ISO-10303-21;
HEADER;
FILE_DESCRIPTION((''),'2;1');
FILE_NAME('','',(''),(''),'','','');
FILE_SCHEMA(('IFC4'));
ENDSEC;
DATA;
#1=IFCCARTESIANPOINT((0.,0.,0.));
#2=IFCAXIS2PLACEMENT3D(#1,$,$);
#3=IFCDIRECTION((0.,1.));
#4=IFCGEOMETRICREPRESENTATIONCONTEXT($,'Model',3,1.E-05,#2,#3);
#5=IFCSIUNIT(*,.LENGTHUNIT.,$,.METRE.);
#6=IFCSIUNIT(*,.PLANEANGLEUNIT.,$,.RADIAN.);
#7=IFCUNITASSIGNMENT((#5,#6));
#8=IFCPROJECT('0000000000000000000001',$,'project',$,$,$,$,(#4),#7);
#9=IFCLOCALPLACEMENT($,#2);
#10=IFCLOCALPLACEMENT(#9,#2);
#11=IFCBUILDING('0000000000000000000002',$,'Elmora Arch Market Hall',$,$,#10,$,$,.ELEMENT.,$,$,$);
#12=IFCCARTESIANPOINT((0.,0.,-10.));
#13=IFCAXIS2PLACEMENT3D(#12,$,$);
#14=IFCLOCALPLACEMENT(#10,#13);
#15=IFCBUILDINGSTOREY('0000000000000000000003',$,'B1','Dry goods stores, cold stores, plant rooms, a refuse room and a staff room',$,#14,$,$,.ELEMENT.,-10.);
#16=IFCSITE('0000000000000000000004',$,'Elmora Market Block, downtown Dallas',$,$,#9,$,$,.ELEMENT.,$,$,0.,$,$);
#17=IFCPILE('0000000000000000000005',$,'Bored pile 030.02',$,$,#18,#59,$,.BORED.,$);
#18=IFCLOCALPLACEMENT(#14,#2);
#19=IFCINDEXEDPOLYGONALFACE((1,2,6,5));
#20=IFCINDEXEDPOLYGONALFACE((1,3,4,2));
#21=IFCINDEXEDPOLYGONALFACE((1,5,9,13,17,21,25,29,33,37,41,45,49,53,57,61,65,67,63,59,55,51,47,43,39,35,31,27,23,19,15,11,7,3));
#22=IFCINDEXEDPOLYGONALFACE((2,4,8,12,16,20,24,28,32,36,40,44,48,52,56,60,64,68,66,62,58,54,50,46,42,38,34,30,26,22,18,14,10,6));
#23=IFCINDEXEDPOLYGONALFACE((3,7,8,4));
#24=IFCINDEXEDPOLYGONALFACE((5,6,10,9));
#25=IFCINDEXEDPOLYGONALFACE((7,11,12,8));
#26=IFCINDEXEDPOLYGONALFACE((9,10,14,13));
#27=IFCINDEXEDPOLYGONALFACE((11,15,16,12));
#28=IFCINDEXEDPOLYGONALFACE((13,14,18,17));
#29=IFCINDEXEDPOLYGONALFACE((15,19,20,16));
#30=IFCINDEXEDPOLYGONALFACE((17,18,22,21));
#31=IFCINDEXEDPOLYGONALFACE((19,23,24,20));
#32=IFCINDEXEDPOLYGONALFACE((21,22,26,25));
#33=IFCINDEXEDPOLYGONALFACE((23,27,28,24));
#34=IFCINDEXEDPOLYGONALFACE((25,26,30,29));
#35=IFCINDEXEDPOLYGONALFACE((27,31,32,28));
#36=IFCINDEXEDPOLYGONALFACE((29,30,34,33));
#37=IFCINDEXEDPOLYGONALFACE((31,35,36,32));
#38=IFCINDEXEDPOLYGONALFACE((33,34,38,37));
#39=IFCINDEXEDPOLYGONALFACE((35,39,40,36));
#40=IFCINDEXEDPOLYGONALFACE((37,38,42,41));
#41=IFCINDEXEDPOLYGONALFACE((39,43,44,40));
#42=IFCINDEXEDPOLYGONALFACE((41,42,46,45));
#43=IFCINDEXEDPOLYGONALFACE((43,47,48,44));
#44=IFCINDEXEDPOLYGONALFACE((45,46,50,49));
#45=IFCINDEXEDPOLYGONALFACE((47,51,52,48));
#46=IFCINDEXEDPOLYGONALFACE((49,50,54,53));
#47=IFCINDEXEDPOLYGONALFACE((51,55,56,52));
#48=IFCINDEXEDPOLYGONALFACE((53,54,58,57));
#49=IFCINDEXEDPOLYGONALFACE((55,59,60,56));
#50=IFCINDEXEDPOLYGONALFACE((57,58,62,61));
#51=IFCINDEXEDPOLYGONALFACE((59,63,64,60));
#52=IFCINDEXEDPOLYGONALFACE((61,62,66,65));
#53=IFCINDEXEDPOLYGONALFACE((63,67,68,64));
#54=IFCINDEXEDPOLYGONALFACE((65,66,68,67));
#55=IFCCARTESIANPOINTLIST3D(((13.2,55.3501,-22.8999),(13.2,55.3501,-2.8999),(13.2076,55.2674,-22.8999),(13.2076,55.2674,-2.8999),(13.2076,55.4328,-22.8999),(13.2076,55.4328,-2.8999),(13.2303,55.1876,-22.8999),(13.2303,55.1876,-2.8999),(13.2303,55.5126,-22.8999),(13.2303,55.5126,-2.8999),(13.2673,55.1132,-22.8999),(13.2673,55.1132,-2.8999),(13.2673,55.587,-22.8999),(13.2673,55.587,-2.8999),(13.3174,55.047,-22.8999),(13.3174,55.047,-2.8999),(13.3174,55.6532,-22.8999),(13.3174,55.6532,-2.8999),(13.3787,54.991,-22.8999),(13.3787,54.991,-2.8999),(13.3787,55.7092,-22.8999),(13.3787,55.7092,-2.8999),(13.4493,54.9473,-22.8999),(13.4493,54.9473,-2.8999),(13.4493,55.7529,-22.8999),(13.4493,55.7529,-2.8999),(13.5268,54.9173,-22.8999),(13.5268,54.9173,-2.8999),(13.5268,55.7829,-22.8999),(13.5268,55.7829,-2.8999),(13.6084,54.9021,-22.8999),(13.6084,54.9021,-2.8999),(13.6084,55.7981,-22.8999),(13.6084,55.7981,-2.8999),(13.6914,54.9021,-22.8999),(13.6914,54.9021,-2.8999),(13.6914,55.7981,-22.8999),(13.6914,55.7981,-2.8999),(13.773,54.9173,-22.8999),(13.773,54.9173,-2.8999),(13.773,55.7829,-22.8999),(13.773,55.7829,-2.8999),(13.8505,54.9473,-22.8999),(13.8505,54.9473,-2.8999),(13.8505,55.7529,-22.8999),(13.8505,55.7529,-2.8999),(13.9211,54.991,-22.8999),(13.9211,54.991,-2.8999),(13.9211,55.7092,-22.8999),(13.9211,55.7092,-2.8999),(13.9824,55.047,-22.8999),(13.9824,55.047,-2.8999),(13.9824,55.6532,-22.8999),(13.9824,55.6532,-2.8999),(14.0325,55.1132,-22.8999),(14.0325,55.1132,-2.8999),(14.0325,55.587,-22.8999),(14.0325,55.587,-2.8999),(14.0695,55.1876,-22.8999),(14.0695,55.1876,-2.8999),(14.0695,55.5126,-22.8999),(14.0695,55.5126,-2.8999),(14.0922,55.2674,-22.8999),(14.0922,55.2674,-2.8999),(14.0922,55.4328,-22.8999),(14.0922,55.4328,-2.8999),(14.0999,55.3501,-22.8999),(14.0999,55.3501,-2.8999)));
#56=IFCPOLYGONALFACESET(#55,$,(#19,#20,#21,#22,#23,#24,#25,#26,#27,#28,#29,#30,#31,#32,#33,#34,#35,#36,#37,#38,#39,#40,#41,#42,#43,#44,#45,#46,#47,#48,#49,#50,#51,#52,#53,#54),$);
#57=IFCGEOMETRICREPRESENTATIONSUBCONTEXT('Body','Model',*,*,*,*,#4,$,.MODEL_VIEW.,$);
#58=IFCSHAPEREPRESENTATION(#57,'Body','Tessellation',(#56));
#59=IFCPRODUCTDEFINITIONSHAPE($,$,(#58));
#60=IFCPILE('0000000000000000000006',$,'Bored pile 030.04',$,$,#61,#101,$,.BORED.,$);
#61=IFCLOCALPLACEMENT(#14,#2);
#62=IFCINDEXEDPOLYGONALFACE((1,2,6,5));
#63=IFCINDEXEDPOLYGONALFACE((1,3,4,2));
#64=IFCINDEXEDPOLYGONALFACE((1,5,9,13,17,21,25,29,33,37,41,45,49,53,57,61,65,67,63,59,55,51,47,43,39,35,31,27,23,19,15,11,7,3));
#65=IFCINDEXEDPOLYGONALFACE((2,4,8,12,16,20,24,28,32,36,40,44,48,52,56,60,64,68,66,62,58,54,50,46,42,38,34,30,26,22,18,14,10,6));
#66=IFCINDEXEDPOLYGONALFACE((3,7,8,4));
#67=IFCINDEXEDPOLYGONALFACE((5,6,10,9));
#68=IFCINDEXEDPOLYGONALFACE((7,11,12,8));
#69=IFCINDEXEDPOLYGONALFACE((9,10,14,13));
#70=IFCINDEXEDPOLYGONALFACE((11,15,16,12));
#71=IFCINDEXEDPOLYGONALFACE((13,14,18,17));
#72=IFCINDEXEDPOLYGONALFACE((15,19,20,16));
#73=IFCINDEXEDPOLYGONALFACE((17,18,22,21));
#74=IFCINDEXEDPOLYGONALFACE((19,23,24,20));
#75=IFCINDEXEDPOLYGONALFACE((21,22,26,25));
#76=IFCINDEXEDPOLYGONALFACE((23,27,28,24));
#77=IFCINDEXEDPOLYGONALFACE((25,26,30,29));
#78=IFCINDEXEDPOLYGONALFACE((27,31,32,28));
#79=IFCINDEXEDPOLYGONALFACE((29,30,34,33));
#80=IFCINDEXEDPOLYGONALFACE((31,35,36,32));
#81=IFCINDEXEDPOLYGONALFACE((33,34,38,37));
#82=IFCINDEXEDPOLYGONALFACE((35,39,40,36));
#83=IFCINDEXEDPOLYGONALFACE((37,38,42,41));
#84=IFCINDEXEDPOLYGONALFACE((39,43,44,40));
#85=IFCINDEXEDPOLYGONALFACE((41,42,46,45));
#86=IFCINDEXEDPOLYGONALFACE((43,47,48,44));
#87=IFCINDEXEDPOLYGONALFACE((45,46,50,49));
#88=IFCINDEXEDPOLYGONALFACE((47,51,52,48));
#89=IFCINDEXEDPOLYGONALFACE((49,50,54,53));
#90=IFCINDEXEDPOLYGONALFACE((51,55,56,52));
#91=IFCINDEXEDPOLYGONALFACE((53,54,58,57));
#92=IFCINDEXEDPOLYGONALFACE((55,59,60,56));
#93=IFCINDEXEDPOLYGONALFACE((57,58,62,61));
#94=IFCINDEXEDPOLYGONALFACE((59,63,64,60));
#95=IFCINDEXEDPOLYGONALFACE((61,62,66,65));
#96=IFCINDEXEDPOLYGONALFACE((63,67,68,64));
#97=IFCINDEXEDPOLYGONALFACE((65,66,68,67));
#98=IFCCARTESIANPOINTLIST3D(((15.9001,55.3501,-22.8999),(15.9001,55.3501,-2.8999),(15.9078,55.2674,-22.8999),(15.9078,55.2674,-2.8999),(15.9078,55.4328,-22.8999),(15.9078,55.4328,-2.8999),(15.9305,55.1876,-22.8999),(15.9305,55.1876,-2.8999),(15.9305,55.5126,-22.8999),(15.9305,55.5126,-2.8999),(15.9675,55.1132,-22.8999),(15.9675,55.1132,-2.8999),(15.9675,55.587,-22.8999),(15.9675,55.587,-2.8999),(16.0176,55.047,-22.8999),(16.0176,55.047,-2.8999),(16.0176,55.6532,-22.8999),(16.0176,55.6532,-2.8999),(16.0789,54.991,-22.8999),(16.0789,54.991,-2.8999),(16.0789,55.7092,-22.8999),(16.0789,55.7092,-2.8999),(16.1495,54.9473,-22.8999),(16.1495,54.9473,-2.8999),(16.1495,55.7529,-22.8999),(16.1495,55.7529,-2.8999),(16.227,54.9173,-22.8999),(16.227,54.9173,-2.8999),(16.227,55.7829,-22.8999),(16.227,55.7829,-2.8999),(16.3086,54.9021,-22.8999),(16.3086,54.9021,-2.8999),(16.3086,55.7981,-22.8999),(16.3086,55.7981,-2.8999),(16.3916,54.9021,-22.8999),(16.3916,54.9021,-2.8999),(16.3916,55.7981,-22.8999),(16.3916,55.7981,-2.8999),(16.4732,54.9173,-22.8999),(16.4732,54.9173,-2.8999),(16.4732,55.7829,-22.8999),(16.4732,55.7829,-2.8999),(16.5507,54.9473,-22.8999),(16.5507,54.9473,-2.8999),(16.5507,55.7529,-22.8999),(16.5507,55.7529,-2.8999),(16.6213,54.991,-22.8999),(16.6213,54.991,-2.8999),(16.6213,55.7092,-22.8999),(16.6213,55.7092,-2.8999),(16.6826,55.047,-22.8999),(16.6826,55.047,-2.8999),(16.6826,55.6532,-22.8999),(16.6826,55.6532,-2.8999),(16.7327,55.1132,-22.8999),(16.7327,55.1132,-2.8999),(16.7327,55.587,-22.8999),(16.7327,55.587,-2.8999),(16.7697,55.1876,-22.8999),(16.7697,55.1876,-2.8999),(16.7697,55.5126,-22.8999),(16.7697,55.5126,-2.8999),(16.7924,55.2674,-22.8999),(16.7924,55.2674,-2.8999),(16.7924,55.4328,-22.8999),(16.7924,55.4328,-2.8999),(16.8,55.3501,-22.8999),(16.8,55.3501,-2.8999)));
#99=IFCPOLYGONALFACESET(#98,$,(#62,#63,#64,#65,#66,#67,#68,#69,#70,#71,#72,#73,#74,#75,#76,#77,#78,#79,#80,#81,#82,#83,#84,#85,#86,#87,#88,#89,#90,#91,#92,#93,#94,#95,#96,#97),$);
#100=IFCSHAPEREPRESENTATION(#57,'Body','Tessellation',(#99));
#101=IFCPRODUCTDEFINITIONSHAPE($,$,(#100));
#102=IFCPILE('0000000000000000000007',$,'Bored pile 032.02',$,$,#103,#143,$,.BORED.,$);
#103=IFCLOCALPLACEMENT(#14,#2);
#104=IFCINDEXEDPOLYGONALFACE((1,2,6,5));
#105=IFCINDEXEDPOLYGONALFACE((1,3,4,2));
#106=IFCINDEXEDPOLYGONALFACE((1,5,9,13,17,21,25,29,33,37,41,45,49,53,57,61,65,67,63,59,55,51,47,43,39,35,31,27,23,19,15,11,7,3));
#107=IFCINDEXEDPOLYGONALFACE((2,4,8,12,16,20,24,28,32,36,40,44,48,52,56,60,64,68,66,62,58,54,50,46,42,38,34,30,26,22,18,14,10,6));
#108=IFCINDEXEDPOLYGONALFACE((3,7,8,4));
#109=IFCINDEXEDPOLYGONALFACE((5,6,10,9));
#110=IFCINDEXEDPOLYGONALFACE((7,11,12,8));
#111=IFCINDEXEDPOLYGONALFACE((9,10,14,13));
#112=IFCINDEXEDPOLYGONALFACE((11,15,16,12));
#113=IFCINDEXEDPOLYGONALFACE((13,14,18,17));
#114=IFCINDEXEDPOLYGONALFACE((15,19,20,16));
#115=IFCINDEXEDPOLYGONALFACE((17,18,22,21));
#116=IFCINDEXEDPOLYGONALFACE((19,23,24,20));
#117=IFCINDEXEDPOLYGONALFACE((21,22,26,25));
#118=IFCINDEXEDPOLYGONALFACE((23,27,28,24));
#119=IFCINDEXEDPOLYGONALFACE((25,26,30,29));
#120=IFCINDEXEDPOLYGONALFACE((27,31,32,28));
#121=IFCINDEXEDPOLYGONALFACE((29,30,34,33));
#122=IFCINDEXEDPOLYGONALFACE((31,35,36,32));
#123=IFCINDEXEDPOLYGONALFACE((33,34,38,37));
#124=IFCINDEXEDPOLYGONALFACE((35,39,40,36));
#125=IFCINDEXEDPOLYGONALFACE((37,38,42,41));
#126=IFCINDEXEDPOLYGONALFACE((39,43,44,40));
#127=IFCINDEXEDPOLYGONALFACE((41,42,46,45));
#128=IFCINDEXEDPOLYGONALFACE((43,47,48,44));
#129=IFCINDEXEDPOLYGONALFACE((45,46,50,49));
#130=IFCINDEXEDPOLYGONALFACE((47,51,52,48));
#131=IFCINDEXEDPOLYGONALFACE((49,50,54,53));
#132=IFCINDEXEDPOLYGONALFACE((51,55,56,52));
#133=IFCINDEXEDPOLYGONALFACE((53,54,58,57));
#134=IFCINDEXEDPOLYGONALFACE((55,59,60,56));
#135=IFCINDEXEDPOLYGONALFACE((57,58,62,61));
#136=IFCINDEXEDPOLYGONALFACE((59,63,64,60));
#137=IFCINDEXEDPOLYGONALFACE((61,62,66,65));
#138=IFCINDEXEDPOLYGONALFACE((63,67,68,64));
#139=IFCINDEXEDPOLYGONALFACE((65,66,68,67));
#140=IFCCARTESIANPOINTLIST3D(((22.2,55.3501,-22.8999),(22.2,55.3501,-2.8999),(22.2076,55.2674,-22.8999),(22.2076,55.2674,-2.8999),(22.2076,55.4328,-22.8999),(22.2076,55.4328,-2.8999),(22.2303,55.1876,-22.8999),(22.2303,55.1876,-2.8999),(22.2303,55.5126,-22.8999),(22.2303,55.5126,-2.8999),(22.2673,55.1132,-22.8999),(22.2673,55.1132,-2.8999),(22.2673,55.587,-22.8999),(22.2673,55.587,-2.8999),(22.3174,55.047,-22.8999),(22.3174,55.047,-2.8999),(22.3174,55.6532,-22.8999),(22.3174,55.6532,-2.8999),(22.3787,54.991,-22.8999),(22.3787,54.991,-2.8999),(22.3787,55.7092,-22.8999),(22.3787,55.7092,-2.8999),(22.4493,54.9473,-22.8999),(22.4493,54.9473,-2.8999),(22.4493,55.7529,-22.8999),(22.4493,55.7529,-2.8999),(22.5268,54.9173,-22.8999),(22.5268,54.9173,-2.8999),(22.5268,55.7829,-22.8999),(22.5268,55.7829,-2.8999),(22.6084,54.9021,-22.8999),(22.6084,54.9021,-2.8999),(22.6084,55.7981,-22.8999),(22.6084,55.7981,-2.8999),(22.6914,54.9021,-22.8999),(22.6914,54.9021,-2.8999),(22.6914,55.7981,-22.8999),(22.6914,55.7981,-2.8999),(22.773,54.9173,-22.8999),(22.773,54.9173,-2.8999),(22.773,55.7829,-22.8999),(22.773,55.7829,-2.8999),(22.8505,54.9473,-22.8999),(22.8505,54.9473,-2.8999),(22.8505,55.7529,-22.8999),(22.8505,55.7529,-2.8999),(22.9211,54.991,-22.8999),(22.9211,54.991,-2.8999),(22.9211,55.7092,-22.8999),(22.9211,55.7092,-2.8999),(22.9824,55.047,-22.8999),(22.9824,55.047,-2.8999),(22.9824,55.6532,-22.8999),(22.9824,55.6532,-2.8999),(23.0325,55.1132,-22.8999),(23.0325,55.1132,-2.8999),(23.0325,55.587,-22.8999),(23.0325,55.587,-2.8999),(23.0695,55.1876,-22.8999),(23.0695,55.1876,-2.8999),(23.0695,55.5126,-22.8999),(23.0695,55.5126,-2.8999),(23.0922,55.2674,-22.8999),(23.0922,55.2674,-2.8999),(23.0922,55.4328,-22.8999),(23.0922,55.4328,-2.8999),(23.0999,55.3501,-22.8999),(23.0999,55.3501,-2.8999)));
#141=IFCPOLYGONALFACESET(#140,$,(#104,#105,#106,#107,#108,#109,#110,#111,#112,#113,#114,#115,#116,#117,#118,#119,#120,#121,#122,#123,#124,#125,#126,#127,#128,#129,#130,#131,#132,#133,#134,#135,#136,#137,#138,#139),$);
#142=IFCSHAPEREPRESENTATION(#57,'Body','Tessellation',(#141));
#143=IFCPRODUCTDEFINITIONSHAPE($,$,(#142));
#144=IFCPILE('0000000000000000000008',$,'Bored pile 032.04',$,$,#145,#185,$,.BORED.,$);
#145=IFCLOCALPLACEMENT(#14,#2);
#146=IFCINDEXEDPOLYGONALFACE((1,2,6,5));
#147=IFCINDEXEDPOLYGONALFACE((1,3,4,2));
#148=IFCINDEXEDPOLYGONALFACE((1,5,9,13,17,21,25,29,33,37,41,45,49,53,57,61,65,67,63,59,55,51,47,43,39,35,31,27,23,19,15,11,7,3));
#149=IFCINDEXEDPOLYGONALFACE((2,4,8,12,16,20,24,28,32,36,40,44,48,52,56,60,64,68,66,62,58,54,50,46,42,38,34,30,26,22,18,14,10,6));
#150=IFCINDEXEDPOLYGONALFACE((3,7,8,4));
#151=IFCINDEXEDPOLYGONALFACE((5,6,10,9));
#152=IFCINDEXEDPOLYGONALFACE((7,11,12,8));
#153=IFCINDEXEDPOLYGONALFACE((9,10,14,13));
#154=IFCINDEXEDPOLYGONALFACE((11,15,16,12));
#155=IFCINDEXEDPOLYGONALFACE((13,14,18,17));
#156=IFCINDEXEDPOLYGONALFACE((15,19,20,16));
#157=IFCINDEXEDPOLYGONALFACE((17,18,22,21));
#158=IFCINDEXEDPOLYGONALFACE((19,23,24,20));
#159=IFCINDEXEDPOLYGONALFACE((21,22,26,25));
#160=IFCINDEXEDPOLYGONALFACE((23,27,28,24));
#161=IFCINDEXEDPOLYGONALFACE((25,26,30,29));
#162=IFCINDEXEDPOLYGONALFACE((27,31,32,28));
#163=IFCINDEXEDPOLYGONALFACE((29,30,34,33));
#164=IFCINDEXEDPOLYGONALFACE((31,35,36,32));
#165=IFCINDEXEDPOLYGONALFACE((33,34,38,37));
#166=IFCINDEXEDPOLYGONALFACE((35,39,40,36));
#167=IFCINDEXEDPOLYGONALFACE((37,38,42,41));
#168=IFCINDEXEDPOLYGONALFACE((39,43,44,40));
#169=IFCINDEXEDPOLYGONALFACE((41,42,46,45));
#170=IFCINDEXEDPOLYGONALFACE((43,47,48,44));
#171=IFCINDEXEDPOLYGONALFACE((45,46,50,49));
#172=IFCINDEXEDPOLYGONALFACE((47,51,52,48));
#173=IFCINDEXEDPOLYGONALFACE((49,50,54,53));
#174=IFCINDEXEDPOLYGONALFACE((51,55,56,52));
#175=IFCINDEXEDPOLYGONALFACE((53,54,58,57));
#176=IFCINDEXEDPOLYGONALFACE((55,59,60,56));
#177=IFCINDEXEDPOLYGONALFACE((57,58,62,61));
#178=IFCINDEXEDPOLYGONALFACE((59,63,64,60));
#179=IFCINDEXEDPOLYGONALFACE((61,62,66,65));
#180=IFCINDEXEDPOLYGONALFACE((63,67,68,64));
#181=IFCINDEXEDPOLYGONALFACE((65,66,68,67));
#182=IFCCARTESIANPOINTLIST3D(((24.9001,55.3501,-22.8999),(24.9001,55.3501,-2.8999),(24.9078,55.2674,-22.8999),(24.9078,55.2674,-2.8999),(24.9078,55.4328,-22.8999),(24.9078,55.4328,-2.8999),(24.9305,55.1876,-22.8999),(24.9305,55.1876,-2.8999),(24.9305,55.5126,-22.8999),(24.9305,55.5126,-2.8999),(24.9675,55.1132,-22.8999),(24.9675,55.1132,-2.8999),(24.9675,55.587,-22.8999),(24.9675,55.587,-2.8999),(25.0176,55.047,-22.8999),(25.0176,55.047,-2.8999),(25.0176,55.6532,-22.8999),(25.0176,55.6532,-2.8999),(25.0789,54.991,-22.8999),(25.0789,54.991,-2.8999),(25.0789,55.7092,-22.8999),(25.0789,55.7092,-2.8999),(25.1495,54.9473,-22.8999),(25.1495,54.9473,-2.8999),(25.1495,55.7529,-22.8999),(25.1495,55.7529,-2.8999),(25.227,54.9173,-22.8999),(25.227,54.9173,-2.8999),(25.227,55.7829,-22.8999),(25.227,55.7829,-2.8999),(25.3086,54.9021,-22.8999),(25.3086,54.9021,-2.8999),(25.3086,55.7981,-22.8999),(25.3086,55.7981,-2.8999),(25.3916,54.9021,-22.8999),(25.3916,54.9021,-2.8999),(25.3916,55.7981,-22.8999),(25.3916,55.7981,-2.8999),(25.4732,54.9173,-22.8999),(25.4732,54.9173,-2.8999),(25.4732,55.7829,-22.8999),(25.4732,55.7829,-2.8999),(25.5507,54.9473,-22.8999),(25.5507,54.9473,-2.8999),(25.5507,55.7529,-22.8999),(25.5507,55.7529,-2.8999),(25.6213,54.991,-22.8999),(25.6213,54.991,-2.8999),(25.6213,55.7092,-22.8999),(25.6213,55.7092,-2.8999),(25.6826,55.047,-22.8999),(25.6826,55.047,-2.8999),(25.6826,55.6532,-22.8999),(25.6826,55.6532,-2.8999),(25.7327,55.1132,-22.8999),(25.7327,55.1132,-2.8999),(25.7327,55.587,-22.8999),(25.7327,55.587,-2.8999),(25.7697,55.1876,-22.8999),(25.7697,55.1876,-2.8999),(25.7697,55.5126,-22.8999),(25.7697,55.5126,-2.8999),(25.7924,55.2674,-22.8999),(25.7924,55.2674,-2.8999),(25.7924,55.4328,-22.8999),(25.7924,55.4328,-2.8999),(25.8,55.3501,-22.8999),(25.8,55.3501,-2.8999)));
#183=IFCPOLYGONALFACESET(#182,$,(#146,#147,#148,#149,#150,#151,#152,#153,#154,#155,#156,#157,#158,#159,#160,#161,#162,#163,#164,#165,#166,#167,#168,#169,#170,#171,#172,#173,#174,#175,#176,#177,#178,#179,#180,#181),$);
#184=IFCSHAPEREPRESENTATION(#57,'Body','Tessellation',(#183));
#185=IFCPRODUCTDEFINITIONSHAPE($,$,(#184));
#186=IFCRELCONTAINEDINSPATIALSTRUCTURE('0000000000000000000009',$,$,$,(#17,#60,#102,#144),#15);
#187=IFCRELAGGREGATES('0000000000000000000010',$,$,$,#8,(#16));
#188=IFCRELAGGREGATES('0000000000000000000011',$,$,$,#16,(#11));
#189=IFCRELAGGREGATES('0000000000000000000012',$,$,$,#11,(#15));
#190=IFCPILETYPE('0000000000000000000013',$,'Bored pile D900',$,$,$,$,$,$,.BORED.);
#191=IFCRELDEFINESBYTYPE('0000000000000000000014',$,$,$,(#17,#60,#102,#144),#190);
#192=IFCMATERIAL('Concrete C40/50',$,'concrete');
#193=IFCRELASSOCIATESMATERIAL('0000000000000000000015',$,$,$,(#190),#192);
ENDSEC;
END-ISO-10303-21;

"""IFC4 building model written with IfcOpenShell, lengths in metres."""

from ifc_helpers import new_model, si_unit, direction, frame, origin, origin_2d, place, context, subcontext, project, spatial, circle, extrude, material, material_profile, profile_set, type_object, element, save


model = new_model("IFC4")

# Units and contexts
model_context = context("Model", 3, precision=1e-05, world=origin(), true_north=direction((0.0, 1.0)))
body_context = subcontext(model_context, "Body", "Model", "MODEL_VIEW")
ifc_project = project(units=[si_unit("LENGTHUNIT", "METRE"), si_unit("PLANEANGLEUNIT", "RADIAN")], contexts=[model_context])

# Site, building, storey
site_placement = place(None, origin())
site = spatial("IfcSite", under=ifc_project, at=site_placement, Name="Elmora Market Block, downtown Dallas", CompositionType="ELEMENT", RefElevation=0.0)
building_placement = place(site_placement, origin())
building = spatial("IfcBuilding", under=site, at=building_placement, Name="Elmora Arch Market Hall", CompositionType="ELEMENT")
storey_placement = place(building_placement, frame((0.0, 0.0, -10.0)))
storey = spatial("IfcBuildingStorey", under=building, at=storey_placement, Name="B1", Description="Dry goods stores, cold stores, plant rooms, a refuse room and a staff room", CompositionType="ELEMENT", Elevation=-10.0)

# Piles
ifc_material_1 = material(Name="Concrete C40/50", Category="concrete")
ifc_material_profile_1 = material_profile(ifc_material_1, circle(Radius=0.45, at=origin_2d()), Name="Bored pile D900")
ifc_profile_set_1 = profile_set([ifc_material_profile_1], Name="Concrete C40/50")
pile_type = type_object("IfcPileType", Name="Bored pile D900", PredefinedType="BORED", material=ifc_profile_set_1)
for number, where, z_axis, x_axis, name in (
    (1, (13.6499, 55.3501, -2.8999), (0.0, 0.0, -1.0), (1.0, 0.0, 0.0), "Bored pile 030.02"),
    (2, (16.3501, 55.3501, -2.8999), (0.0, 0.0, -1.0), (1.0, 0.0, 0.0), "Bored pile 030.04"),
    (3, (22.6499, 55.3501, -2.8999), (0.0, 0.0, -1.0), (1.0, 0.0, 0.0), "Bored pile 032.02"),
    (4, (25.3501, 55.3501, -2.8999), (0.0, 0.0, -1.0), (1.0, 0.0, 0.0), "Bored pile 032.04"),
):
    element("IfcPile", number, at=place(storey_placement, frame(where, z_axis=z_axis, x_axis=x_axis)), inside=storey, type_object=pile_type, Name=name, PredefinedType="BORED", context=body_context, shape_type="SweptSolid", body=[
        extrude(circle(Radius=0.45, at=origin_2d()), origin(), (0.0, 0.0, 1.0), 20.0),
    ])

save(model, "model.ifc")
